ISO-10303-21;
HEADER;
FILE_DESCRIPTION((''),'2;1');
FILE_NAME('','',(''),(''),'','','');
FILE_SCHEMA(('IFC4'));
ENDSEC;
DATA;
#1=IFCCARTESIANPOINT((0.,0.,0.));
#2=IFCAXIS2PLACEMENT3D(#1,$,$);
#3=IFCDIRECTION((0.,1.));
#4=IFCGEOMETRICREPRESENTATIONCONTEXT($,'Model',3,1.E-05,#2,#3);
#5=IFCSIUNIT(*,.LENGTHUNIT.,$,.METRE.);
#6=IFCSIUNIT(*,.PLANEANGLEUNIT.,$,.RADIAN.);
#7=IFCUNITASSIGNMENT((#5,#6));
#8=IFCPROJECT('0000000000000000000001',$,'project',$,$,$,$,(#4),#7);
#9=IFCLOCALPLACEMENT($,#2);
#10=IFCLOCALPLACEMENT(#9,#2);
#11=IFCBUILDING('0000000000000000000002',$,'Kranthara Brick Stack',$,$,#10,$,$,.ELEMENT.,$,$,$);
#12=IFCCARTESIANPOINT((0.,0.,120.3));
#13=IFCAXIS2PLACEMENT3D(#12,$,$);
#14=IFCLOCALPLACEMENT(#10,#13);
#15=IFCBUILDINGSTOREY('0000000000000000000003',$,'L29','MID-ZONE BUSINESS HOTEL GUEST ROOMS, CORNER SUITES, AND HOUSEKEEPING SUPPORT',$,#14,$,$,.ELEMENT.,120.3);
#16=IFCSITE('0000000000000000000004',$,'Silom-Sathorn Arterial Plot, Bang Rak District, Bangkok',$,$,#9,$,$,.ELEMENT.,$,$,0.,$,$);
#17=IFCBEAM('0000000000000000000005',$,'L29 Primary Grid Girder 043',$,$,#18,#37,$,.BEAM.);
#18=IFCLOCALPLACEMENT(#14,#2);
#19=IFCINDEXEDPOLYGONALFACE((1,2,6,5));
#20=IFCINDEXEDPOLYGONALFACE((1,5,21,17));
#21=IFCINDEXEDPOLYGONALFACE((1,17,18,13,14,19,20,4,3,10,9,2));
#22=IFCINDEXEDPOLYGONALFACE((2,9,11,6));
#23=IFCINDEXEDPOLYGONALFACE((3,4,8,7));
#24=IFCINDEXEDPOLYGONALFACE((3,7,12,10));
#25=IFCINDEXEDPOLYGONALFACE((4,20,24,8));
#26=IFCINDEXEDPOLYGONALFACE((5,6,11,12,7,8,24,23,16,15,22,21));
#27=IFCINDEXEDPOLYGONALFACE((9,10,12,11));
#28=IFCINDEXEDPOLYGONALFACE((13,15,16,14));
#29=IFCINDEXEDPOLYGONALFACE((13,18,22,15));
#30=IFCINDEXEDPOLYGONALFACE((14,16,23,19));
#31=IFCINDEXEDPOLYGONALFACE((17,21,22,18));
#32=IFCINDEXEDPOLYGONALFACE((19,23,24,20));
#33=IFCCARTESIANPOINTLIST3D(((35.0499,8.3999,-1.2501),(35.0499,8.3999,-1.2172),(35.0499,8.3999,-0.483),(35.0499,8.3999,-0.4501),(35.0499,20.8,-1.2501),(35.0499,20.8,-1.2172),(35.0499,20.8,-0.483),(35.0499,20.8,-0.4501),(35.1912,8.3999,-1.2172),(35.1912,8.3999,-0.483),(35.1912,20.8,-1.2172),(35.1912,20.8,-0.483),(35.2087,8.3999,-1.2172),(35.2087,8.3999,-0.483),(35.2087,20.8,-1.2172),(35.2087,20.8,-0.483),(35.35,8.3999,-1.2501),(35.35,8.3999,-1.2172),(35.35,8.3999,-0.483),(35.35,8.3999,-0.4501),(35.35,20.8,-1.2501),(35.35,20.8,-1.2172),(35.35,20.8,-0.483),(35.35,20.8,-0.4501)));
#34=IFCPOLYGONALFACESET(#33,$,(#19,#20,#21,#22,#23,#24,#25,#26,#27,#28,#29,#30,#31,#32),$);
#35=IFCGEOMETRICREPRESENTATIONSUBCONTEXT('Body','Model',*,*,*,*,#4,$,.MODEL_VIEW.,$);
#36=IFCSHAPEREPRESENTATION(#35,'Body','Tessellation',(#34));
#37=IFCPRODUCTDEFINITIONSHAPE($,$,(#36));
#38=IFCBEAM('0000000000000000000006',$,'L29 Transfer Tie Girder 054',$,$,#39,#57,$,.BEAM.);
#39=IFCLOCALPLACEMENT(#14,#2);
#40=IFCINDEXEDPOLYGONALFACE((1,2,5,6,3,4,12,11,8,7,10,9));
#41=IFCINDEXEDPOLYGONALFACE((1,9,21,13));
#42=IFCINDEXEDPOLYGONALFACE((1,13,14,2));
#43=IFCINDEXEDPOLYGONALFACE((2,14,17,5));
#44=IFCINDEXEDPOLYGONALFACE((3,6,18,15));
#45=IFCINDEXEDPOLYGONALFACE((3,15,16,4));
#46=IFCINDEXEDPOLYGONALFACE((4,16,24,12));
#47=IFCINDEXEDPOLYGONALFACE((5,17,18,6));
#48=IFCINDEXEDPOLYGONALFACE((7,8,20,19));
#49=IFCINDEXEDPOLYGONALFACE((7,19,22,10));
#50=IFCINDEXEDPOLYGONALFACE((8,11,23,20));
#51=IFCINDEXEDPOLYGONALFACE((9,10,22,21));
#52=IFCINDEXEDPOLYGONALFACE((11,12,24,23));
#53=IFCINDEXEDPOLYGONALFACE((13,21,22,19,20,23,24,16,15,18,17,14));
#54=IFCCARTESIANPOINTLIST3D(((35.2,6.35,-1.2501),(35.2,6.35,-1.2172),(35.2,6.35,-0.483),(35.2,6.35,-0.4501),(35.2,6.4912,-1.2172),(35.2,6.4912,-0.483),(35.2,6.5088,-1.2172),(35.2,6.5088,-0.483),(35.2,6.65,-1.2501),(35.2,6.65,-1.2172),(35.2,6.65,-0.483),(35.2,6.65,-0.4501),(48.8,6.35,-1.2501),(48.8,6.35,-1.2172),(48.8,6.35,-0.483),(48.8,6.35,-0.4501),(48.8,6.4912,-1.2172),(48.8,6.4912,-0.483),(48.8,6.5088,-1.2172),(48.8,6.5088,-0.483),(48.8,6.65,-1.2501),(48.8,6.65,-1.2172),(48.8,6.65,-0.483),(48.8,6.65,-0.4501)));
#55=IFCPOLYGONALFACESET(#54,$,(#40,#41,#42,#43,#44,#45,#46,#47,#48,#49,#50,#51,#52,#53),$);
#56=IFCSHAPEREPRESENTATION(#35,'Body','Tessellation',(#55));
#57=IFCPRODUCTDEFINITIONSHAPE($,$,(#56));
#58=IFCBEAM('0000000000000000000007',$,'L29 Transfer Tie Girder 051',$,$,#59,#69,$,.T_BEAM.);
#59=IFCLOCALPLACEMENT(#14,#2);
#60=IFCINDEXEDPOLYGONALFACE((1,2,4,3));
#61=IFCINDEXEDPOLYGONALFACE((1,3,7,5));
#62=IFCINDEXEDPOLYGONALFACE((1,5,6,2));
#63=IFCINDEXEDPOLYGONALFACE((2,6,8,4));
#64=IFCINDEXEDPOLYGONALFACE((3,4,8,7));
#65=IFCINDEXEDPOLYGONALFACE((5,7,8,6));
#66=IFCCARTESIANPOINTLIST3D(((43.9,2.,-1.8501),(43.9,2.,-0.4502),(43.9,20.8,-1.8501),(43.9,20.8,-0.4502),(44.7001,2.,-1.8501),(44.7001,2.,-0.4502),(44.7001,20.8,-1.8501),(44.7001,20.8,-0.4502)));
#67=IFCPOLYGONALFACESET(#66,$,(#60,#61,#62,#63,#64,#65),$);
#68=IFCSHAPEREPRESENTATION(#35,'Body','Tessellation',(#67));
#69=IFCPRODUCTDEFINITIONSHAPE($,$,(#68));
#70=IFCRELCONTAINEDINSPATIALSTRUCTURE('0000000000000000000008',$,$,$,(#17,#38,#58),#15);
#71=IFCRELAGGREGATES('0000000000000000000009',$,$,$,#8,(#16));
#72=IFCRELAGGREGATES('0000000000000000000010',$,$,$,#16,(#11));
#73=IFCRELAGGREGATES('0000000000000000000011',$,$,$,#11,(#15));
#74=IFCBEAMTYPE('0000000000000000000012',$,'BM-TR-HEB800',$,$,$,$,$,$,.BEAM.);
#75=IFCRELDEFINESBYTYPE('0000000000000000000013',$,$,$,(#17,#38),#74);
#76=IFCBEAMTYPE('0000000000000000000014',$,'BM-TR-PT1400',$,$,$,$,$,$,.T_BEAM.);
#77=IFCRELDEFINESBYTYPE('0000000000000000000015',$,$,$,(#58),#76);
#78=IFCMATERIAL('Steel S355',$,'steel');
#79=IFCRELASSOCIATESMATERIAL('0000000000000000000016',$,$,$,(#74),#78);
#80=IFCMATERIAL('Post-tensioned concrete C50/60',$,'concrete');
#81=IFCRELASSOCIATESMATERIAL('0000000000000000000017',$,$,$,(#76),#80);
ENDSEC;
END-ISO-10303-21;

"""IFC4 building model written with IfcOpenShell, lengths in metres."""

from ifc_helpers import new_model, si_unit, direction, frame, origin, origin_2d, place, context, subcontext, project, spatial, rectangle, i_section, extrude, material, material_profile, profile_set, type_object, element, save


model = new_model("IFC4")

# Units and contexts
model_context = context("Model", 3, precision=1e-05, world=origin(), true_north=direction((0.0, 1.0)))
body_context = subcontext(model_context, "Body", "Model", "MODEL_VIEW")
ifc_project = project(units=[si_unit("LENGTHUNIT", "METRE"), si_unit("PLANEANGLEUNIT", "RADIAN")], contexts=[model_context])

# Site, building, storey
site_placement = place(None, origin())
site = spatial("IfcSite", under=ifc_project, at=site_placement, Name="Silom-Sathorn Arterial Plot, Bang Rak District, Bangkok", CompositionType="ELEMENT", RefElevation=0.0)
building_placement = place(site_placement, origin())
building = spatial("IfcBuilding", under=site, at=building_placement, Name="Kranthara Brick Stack", CompositionType="ELEMENT")
storey_placement = place(building_placement, frame((0.0, 0.0, 120.3)))
storey = spatial("IfcBuildingStorey", under=building, at=storey_placement, Name="L29", Description="MID-ZONE BUSINESS HOTEL GUEST ROOMS, CORNER SUITES, AND HOUSEKEEPING SUPPORT", CompositionType="ELEMENT", Elevation=120.3)

# Beams
ifc_material_1 = material(Name="Steel S355", Category="steel")
ifc_material_profile_1 = material_profile(ifc_material_1, i_section(OverallWidth=0.3, OverallDepth=0.8, WebThickness=0.0176, FlangeThickness=0.033, at=origin_2d()), Name="HEB 800")
ifc_profile_set_1 = profile_set([ifc_material_profile_1], Name="Steel S355")
beam_type_1 = type_object("IfcBeamType", Name="BM-TR-HEB800", PredefinedType="BEAM", material=ifc_profile_set_1)
beam_1_placement = place(storey_placement, frame((35.2, 8.3999, -0.8501), z_axis=(0.0, 1.0, 0.0), x_axis=(-1.0, 0.0, 0.0)))
element("IfcBeam", 1, at=beam_1_placement, inside=storey, type_object=beam_type_1, Name="L29 Primary Grid Girder 043", PredefinedType="BEAM", context=body_context, shape_type="SweptSolid", body=[
    extrude(i_section(OverallWidth=0.3, OverallDepth=0.8, WebThickness=0.0176, FlangeThickness=0.033, at=origin_2d()), origin(), (0.0, 0.0, 1.0), 12.4001),
])
beam_2_placement = place(storey_placement, frame((48.8, 6.5, -0.8501), z_axis=(-1.0, 0.0, 0.0), x_axis=(0.0, -1.0, 0.0)))
element("IfcBeam", 2, at=beam_2_placement, inside=storey, type_object=beam_type_1, Name="L29 Transfer Tie Girder 054", PredefinedType="BEAM", context=body_context, shape_type="SweptSolid", body=[
    extrude(i_section(OverallWidth=0.3, OverallDepth=0.8, WebThickness=0.0176, FlangeThickness=0.033, at=origin_2d()), origin(), (0.0, 0.0, 1.0), 13.6001),
])
ifc_material_2 = material(Name="Post-tensioned concrete C50/60", Category="concrete")
ifc_material_profile_2 = material_profile(ifc_material_2, rectangle(XDim=0.8, YDim=1.3999, at=origin_2d()), Name="PT 800x1400")
ifc_profile_set_2 = profile_set([ifc_material_profile_2], Name="Post-tensioned concrete C50/60")
beam_type_2 = type_object("IfcBeamType", Name="BM-TR-PT1400", PredefinedType="T_BEAM", material=ifc_profile_set_2)
beam_3_placement = place(storey_placement, frame((44.3, 2.0, -1.1501), z_axis=(0.0, 1.0, 0.0), x_axis=(-1.0, 0.0, 0.0)))
element("IfcBeam", 3, at=beam_3_placement, inside=storey, type_object=beam_type_2, Name="L29 Transfer Tie Girder 051", PredefinedType="T_BEAM", context=body_context, shape_type="SweptSolid", body=[
    extrude(rectangle(XDim=0.8, YDim=1.3999, at=origin_2d()), origin(), (0.0, 0.0, 1.0), 18.8),
])

save(model, "model.ifc")
